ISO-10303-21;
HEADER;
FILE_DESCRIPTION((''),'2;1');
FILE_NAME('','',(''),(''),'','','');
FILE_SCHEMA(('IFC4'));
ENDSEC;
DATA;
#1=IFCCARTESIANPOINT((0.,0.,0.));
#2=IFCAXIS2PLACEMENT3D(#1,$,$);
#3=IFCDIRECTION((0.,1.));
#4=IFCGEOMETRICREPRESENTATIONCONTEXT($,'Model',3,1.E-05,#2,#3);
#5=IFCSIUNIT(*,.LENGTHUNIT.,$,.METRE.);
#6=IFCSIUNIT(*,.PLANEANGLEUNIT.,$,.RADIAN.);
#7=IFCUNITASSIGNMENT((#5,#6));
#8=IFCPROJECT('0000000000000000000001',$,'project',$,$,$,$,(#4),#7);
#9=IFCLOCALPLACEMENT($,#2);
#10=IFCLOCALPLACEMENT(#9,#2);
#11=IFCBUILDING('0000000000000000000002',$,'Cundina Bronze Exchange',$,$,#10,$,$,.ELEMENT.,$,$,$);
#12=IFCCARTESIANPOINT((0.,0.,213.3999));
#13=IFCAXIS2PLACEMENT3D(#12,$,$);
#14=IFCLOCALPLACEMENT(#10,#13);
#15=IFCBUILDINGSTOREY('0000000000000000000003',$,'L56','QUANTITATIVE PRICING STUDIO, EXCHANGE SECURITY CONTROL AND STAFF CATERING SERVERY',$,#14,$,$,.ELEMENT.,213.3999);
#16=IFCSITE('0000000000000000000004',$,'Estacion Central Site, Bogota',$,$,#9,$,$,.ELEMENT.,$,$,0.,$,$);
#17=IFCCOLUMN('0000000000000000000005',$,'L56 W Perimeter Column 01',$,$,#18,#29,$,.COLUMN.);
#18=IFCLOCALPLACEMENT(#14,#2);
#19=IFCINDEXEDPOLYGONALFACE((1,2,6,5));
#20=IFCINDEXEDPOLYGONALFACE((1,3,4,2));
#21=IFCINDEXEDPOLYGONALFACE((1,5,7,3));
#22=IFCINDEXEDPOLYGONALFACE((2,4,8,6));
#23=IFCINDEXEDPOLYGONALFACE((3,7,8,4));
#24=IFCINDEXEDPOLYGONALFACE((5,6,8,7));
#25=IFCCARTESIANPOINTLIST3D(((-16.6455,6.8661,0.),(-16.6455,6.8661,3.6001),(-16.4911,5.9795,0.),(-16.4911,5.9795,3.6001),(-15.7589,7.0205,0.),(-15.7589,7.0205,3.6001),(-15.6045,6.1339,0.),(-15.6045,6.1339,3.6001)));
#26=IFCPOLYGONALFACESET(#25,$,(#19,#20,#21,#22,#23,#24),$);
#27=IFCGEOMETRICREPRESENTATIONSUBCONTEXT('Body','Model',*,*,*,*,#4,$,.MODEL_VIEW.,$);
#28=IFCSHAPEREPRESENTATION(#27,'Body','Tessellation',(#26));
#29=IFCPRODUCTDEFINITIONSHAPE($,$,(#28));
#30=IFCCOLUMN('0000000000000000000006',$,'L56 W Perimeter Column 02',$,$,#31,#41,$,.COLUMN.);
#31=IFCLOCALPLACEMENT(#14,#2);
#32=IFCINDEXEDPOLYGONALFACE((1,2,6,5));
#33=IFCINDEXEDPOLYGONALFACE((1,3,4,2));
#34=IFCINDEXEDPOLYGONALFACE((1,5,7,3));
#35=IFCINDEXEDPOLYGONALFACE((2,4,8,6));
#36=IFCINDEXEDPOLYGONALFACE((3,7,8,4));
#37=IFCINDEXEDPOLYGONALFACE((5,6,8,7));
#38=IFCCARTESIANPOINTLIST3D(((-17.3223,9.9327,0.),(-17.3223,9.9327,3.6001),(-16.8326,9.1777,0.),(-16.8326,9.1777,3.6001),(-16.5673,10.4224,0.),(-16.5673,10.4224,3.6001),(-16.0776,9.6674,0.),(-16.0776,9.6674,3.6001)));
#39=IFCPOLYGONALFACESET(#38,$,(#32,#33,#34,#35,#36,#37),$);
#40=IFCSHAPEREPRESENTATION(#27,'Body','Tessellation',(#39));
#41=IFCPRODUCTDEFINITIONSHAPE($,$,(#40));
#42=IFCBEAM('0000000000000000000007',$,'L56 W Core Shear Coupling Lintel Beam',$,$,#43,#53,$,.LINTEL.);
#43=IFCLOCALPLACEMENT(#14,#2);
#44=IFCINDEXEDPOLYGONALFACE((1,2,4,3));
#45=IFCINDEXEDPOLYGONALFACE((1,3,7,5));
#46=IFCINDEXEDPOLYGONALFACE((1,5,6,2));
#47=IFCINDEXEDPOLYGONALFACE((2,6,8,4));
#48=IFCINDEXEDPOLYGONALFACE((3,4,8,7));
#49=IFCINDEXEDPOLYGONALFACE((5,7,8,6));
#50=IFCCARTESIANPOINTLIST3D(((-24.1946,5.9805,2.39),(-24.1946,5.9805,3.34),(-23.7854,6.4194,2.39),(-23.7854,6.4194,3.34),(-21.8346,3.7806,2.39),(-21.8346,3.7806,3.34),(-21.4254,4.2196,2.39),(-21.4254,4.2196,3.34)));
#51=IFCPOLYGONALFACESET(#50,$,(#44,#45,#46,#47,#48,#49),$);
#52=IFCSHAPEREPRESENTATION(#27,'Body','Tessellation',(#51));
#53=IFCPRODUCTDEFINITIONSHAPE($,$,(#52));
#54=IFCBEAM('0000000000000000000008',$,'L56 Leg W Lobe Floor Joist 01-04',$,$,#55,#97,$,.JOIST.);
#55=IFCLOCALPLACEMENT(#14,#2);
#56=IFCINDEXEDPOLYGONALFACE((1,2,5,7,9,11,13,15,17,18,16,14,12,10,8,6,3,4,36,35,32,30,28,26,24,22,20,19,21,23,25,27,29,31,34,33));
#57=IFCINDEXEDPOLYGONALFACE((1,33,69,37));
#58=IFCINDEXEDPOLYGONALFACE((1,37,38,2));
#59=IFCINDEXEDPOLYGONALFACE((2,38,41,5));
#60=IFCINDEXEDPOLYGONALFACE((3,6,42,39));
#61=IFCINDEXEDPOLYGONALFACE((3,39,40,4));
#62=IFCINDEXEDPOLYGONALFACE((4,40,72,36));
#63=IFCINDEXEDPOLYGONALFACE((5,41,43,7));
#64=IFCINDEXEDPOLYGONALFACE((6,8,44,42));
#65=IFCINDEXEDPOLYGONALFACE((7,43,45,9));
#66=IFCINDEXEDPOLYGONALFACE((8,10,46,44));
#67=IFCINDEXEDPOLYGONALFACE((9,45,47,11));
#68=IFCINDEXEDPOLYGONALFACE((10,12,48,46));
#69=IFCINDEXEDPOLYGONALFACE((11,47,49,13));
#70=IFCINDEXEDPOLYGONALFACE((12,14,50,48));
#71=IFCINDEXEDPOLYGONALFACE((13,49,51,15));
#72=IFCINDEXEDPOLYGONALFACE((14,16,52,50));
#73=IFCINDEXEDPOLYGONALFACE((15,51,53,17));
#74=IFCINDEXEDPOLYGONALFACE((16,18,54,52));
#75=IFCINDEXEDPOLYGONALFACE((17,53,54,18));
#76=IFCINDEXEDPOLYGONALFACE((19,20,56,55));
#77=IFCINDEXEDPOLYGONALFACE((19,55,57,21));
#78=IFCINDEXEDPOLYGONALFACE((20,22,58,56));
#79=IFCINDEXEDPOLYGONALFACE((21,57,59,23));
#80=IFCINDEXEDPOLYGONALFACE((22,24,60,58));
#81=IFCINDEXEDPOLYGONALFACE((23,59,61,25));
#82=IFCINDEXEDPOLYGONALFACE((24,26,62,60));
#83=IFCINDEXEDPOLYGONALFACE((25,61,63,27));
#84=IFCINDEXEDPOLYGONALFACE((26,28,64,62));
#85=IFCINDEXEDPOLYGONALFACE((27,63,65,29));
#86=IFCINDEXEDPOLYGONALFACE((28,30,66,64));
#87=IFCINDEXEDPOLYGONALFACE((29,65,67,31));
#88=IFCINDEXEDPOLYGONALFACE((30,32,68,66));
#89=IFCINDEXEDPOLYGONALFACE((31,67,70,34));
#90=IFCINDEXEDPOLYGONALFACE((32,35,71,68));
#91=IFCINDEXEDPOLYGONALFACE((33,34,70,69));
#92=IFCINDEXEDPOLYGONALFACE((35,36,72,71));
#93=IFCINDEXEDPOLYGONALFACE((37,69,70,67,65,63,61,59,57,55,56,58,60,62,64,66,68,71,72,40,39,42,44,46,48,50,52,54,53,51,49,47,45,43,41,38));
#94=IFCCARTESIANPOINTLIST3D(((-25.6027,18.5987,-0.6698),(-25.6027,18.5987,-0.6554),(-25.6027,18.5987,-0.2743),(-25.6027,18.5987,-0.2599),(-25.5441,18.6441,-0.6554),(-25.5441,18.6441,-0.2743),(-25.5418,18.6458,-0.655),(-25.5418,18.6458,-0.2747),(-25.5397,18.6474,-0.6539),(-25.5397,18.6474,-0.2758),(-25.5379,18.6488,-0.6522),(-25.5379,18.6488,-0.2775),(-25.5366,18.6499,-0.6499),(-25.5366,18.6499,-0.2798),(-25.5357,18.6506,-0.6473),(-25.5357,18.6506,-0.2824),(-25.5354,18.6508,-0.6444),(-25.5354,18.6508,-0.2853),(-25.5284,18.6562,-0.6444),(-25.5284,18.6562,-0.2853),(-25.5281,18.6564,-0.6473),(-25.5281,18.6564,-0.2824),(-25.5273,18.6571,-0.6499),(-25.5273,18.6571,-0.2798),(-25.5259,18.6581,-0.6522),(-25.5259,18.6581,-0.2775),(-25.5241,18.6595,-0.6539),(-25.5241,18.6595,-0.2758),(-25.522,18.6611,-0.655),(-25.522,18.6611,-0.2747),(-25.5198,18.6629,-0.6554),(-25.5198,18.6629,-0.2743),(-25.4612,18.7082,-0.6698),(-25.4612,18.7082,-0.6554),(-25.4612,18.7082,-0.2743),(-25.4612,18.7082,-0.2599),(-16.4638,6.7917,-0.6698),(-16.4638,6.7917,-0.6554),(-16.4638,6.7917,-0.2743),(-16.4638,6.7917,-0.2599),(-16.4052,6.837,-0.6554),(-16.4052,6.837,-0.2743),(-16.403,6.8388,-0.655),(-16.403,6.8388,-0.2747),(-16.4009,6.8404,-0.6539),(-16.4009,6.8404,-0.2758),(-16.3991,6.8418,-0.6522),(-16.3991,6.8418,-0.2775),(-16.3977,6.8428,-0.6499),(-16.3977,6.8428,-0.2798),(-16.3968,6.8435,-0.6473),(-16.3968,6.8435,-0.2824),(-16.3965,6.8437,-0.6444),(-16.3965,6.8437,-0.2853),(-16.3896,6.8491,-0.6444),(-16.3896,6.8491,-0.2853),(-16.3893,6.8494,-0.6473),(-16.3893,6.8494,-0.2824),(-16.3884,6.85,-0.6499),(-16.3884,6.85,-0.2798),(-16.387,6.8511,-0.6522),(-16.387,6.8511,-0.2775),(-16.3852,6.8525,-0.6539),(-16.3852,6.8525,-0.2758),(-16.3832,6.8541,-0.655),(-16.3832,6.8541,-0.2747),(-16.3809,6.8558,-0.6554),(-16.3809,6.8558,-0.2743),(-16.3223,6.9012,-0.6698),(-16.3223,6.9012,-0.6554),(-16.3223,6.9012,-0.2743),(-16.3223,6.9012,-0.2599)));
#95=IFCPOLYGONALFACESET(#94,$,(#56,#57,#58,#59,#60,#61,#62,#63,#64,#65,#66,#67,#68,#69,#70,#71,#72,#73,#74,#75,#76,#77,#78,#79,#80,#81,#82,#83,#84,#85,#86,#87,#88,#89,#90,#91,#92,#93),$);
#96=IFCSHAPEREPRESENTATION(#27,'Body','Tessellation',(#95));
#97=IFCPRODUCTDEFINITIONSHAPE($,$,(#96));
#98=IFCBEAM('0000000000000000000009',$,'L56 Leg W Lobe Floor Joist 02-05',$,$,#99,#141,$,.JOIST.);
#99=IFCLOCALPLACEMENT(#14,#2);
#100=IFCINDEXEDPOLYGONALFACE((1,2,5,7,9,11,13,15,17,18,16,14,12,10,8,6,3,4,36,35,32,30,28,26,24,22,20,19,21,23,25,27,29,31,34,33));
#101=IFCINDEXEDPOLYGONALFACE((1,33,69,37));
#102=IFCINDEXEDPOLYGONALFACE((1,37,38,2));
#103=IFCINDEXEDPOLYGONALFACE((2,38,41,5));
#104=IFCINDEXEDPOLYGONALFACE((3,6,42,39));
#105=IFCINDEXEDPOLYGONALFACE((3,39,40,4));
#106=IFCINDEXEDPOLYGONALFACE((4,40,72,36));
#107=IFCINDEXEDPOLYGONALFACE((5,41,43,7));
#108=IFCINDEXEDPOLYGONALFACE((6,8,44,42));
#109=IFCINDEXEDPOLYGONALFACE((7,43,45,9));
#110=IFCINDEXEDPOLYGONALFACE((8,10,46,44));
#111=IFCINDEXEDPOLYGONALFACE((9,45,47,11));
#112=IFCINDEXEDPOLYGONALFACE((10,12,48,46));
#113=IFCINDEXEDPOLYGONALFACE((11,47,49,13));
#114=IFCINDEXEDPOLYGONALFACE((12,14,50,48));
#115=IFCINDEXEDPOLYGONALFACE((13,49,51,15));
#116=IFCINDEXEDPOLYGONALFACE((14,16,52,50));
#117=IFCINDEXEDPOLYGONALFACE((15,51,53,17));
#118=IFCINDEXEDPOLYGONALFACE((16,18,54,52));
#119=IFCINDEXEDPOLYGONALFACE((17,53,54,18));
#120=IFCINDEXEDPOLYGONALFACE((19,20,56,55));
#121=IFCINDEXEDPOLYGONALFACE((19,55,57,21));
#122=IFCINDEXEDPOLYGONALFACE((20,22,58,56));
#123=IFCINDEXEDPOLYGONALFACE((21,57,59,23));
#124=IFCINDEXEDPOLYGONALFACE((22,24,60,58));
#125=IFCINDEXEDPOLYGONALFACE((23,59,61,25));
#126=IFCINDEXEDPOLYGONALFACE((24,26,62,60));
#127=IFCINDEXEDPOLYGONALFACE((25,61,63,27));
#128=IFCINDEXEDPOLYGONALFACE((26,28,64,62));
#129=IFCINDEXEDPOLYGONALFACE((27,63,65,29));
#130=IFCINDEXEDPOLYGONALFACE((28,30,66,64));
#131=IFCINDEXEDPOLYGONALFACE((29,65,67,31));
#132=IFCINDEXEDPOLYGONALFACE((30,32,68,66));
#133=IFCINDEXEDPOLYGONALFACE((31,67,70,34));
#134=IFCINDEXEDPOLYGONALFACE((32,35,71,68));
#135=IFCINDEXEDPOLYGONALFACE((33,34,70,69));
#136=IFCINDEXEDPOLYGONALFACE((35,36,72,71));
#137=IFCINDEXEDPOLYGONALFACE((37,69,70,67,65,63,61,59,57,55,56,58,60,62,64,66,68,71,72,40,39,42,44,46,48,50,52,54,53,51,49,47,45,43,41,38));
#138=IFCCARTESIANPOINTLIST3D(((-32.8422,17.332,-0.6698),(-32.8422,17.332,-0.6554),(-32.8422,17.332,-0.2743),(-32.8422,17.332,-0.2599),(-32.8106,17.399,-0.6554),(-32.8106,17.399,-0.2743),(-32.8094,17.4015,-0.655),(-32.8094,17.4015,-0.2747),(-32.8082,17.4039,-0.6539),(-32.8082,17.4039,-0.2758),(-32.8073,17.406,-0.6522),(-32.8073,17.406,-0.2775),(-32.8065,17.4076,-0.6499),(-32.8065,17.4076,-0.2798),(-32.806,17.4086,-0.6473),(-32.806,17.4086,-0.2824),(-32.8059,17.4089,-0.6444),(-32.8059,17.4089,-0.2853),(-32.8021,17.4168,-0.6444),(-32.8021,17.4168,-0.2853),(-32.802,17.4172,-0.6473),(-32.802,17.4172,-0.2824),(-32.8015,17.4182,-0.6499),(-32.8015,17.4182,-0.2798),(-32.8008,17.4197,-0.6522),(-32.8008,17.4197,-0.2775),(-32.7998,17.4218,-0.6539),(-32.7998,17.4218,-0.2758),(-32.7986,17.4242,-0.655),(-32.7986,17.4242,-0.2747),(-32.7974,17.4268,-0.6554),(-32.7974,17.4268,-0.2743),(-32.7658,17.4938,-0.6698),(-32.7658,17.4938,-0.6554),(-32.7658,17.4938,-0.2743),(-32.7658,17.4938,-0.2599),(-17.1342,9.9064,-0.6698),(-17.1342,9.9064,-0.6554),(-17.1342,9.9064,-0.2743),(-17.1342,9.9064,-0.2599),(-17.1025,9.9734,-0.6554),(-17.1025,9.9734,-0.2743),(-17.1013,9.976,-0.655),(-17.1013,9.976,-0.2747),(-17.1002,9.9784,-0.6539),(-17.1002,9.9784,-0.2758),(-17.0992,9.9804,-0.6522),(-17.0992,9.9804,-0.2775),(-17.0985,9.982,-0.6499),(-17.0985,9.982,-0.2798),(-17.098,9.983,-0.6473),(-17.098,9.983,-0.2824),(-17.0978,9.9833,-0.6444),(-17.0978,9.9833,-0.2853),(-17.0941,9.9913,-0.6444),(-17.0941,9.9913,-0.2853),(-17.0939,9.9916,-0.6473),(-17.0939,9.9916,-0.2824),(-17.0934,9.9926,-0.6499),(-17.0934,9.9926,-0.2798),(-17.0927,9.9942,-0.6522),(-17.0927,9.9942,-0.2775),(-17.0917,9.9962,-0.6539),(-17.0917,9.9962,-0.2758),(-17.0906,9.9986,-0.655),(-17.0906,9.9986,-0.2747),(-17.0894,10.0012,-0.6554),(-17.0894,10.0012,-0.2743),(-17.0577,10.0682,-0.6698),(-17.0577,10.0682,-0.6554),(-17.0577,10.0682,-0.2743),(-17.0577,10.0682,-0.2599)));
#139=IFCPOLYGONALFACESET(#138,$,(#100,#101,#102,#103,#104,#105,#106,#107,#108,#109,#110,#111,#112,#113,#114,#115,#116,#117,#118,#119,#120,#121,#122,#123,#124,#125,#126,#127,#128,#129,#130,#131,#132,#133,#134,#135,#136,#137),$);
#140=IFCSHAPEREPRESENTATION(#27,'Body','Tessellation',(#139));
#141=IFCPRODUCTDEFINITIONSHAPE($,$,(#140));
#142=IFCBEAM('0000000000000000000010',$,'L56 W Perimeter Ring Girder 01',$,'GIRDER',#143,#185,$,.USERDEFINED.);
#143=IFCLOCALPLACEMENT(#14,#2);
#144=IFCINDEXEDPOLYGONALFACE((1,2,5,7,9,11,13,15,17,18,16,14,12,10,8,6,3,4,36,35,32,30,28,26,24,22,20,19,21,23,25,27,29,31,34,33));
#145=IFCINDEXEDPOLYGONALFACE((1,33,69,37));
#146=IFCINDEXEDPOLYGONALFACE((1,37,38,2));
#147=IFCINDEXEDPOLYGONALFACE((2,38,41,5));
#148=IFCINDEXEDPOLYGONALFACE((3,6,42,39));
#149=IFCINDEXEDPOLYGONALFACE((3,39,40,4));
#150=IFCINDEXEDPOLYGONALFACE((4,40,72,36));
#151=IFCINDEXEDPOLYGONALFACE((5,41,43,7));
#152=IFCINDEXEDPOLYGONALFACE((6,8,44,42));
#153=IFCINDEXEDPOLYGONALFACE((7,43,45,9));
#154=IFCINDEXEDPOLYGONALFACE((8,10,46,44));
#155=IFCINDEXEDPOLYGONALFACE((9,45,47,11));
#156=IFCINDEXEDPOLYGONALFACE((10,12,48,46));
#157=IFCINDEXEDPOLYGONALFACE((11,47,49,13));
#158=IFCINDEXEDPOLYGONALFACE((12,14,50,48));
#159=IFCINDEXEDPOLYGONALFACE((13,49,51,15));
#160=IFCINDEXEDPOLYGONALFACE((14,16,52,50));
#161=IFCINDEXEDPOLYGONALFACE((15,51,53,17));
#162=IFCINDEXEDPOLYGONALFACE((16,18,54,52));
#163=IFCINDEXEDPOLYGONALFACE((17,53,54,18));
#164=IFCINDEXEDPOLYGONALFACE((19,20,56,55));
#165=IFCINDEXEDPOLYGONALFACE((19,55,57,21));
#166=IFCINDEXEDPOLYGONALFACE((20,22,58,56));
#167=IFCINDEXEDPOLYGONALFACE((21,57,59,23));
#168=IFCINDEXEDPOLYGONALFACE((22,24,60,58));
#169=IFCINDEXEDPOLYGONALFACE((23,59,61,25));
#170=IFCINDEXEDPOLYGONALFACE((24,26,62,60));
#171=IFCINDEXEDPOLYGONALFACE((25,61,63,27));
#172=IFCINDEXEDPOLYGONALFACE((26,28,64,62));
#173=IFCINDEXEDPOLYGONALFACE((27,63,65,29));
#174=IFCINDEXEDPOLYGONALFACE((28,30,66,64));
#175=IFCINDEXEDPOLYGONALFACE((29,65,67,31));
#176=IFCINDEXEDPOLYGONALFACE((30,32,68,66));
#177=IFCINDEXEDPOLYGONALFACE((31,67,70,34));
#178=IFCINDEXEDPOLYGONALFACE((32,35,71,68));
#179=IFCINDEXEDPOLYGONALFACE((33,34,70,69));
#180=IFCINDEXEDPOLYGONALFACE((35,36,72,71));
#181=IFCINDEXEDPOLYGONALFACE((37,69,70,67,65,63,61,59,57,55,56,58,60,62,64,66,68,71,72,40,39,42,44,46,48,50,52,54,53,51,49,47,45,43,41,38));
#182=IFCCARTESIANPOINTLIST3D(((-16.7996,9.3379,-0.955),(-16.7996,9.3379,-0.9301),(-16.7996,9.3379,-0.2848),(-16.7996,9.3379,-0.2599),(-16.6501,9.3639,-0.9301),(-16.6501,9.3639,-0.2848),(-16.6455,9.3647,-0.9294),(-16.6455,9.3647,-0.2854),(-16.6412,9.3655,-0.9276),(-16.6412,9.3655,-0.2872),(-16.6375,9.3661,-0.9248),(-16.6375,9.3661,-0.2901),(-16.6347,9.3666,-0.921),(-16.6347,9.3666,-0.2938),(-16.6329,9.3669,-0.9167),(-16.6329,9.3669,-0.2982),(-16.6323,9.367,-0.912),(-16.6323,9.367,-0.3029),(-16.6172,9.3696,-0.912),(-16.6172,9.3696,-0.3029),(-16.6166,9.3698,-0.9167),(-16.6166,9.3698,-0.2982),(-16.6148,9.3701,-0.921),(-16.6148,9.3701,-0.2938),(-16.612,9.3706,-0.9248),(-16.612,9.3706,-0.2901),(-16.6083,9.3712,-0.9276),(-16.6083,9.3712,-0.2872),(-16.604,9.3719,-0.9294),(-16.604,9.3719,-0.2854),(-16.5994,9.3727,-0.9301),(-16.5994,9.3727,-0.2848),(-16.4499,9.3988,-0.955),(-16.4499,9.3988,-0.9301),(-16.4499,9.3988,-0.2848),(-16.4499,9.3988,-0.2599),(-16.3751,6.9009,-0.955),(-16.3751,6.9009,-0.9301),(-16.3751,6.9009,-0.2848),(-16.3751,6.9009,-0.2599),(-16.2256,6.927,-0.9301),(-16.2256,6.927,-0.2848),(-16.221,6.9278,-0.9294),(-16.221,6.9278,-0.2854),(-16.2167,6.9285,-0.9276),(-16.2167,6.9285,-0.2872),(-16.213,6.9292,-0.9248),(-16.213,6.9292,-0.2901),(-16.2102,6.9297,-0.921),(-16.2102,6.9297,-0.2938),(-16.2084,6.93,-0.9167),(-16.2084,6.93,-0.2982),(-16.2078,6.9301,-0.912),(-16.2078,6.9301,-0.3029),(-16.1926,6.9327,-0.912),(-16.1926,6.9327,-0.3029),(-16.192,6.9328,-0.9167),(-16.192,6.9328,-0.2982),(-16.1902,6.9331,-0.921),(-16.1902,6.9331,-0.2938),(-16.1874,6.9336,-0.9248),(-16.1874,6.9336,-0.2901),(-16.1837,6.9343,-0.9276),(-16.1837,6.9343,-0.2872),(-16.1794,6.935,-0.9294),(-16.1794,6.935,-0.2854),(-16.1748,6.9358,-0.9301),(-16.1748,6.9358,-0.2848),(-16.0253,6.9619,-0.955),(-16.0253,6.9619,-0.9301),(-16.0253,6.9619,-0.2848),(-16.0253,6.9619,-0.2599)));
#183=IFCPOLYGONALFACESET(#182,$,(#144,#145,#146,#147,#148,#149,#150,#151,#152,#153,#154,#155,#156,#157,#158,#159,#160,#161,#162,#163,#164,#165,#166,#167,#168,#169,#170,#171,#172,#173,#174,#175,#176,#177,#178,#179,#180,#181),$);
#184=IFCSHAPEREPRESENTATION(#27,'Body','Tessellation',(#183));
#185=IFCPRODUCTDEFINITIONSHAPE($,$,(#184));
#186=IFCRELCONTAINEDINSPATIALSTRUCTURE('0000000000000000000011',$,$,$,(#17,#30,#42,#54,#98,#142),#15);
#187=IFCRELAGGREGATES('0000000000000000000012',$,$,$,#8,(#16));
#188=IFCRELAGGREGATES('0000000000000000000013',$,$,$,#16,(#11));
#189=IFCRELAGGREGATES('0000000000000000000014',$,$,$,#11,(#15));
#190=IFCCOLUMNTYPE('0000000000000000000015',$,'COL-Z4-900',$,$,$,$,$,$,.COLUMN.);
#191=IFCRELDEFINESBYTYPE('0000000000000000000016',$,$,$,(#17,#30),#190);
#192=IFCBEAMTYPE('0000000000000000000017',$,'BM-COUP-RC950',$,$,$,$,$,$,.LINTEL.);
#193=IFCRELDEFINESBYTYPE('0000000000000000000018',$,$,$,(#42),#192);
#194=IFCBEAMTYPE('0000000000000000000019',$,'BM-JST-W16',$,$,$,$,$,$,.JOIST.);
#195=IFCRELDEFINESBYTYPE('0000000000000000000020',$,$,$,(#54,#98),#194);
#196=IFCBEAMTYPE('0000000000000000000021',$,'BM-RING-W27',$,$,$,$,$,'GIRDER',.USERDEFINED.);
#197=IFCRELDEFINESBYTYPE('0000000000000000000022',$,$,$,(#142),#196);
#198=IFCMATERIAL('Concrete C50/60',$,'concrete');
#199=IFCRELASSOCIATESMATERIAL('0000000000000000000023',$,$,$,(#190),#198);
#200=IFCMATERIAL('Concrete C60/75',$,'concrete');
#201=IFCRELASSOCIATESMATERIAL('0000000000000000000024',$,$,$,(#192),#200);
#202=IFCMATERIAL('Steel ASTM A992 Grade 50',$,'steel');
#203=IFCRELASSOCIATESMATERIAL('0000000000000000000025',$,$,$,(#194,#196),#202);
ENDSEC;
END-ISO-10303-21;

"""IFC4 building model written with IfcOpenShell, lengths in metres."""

from ifc_helpers import new_model, si_unit, direction, frame, origin, origin_2d, place, context, subcontext, project, spatial, rectangle, i_section, extrude, material, material_profile, profile_set, type_object, element, save


model = new_model("IFC4")

# Units and contexts
model_context = context("Model", 3, precision=1e-05, world=origin(), true_north=direction((0.0, 1.0)))
body_context = subcontext(model_context, "Body", "Model", "MODEL_VIEW")
ifc_project = project(units=[si_unit("LENGTHUNIT", "METRE"), si_unit("PLANEANGLEUNIT", "RADIAN")], contexts=[model_context])

# Site, building, storey
site_placement = place(None, origin())
site = spatial("IfcSite", under=ifc_project, at=site_placement, Name="Estacion Central Site, Bogota", CompositionType="ELEMENT", RefElevation=0.0)
building_placement = place(site_placement, origin())
building = spatial("IfcBuilding", under=site, at=building_placement, Name="Cundina Bronze Exchange", CompositionType="ELEMENT")
storey_placement = place(building_placement, frame((0.0, 0.0, 213.3999)))
storey = spatial("IfcBuildingStorey", under=building, at=storey_placement, Name="L56", Description="QUANTITATIVE PRICING STUDIO, EXCHANGE SECURITY CONTROL AND STAFF CATERING SERVERY", CompositionType="ELEMENT", Elevation=213.3999)

# Columns
ifc_material_1 = material(Name="Concrete C50/60", Category="concrete")
ifc_material_profile_1 = material_profile(ifc_material_1, rectangle(XDim=0.8999, YDim=0.8999, at=origin_2d()), Name="RC900X900", Category="concrete")
ifc_profile_set_1 = profile_set([ifc_material_profile_1], Name="Concrete C50/60")
column_type = type_object("IfcColumnType", Name="COL-Z4-900", PredefinedType="COLUMN", material=ifc_profile_set_1)
for number, where, z_axis, x_axis, name in (
    (1, (-16.125, 6.5, 0.0), (0.0, 0.0, 1.0), (-0.171585, 0.985169, 0.0), "L56 W Perimeter Column 01"),
    (2, (-16.7, 9.8, 0.0), (0.0, 0.0, 1.0), (-0.5442, 0.838956, 0.0), "L56 W Perimeter Column 02"),
):
    element("IfcColumn", number, at=place(storey_placement, frame(where, z_axis=z_axis, x_axis=x_axis)), inside=storey, type_object=column_type, Name=name, PredefinedType="COLUMN", context=body_context, shape_type="SweptSolid", body=[
        extrude(rectangle(XDim=0.8999, YDim=0.8999, at=origin_2d()), origin(), (0.0, 0.0, 1.0), 3.6001),
    ])

# Beams
ifc_material_2 = material(Name="Concrete C60/75", Category="concrete")
ifc_material_profile_2 = material_profile(ifc_material_2, rectangle(XDim=0.6001, YDim=0.95, at=origin_2d()), Name="RC600X950", Category="concrete")
ifc_profile_set_2 = profile_set([ifc_material_profile_2], Name="Concrete C60/75")
beam_type_1 = type_object("IfcBeamType", Name="BM-COUP-RC950", PredefinedType="LINTEL", material=ifc_profile_set_2)
beam_1_placement = place(storey_placement, frame((-23.99, 6.2, 2.865), z_axis=(0.73149, -0.681852, 0.0), x_axis=(0.681852, 0.73149, 0.0)))
element("IfcBeam", 3, at=beam_1_placement, inside=storey, type_object=beam_type_1, Name="L56 W Core Shear Coupling Lintel Beam", PredefinedType="LINTEL", context=body_context, shape_type="SweptSolid", body=[
    extrude(rectangle(XDim=0.6001, YDim=0.95, at=origin_2d()), origin(), (0.0, 0.0, 1.0), 3.2263),
])
ifc_material_3 = material(Name="Steel ASTM A992 Grade 50", Category="steel")
ifc_material_profile_3 = material_profile(ifc_material_3, i_section(OverallWidth=0.179, OverallDepth=0.4099, WebThickness=0.0088, FlangeThickness=0.0144, FilletRadius=0.011, at=origin_2d()), Name="W16X45", Category="steel")
ifc_profile_set_3 = profile_set([ifc_material_profile_3], Name="Steel ASTM A992 Grade 50")
beam_type_2 = type_object("IfcBeamType", Name="BM-JST-W16", PredefinedType="JOIST", material=ifc_profile_set_3)
beam_2_placement = place(storey_placement, frame((-16.3931, 6.8464, -0.4648), z_axis=(-0.612086, 0.790791, 0.0), x_axis=(-0.790791, -0.612086, 0.0)))
element("IfcBeam", 4, at=beam_2_placement, inside=storey, type_object=beam_type_2, Name="L56 Leg W Lobe Floor Joist 01-04", PredefinedType="JOIST", context=body_context, shape_type="SweptSolid", body=[
    extrude(i_section(OverallWidth=0.179, OverallDepth=0.4099, WebThickness=0.0088, FlangeThickness=0.0144, FilletRadius=0.011, at=origin_2d()), origin(), (0.0, 0.0, 1.0), 14.9307),
])
beam_3_placement = place(storey_placement, frame((-17.0959, 9.9873, -0.4648), z_axis=(-0.904074, 0.427376, 0.0), x_axis=(-0.427376, -0.904074, 0.0)))
element("IfcBeam", 5, at=beam_3_placement, inside=storey, type_object=beam_type_2, Name="L56 Leg W Lobe Floor Joist 02-05", PredefinedType="JOIST", context=body_context, shape_type="SweptSolid", body=[
    extrude(i_section(OverallWidth=0.179, OverallDepth=0.4099, WebThickness=0.0088, FlangeThickness=0.0144, FilletRadius=0.011, at=origin_2d()), origin(), (0.0, 0.0, 1.0), 17.3748),
])
ifc_material_profile_4 = material_profile(ifc_material_3, i_section(OverallWidth=0.355, OverallDepth=0.6951, WebThickness=0.0154, FlangeThickness=0.0249, FilletRadius=0.0181, at=origin_2d()), Name="W27X146", Category="steel")
ifc_profile_set_4 = profile_set([ifc_material_profile_4], Name="Steel ASTM A992 Grade 50")
beam_type_3 = type_object("IfcBeamType", Name="BM-RING-W27", ElementType="GIRDER", PredefinedType="USERDEFINED", material=ifc_profile_set_4)
beam_4_placement = place(storey_placement, frame((-16.2002, 6.9314, -0.6074), z_axis=(-0.171629, 0.985162, 0.0), x_axis=(-0.985162, -0.171629, 0.0)))
element("IfcBeam", 6, at=beam_4_placement, inside=storey, type_object=beam_type_3, Name="L56 W Perimeter Ring Girder 01", ObjectType="GIRDER", PredefinedType="USERDEFINED", context=body_context, shape_type="SweptSolid", body=[
    extrude(i_section(OverallWidth=0.355, OverallDepth=0.6951, WebThickness=0.0154, FlangeThickness=0.0249, FilletRadius=0.0181, at=origin_2d()), origin(), (0.0, 0.0, 1.0), 2.4736),
])

save(model, "model.ifc")
